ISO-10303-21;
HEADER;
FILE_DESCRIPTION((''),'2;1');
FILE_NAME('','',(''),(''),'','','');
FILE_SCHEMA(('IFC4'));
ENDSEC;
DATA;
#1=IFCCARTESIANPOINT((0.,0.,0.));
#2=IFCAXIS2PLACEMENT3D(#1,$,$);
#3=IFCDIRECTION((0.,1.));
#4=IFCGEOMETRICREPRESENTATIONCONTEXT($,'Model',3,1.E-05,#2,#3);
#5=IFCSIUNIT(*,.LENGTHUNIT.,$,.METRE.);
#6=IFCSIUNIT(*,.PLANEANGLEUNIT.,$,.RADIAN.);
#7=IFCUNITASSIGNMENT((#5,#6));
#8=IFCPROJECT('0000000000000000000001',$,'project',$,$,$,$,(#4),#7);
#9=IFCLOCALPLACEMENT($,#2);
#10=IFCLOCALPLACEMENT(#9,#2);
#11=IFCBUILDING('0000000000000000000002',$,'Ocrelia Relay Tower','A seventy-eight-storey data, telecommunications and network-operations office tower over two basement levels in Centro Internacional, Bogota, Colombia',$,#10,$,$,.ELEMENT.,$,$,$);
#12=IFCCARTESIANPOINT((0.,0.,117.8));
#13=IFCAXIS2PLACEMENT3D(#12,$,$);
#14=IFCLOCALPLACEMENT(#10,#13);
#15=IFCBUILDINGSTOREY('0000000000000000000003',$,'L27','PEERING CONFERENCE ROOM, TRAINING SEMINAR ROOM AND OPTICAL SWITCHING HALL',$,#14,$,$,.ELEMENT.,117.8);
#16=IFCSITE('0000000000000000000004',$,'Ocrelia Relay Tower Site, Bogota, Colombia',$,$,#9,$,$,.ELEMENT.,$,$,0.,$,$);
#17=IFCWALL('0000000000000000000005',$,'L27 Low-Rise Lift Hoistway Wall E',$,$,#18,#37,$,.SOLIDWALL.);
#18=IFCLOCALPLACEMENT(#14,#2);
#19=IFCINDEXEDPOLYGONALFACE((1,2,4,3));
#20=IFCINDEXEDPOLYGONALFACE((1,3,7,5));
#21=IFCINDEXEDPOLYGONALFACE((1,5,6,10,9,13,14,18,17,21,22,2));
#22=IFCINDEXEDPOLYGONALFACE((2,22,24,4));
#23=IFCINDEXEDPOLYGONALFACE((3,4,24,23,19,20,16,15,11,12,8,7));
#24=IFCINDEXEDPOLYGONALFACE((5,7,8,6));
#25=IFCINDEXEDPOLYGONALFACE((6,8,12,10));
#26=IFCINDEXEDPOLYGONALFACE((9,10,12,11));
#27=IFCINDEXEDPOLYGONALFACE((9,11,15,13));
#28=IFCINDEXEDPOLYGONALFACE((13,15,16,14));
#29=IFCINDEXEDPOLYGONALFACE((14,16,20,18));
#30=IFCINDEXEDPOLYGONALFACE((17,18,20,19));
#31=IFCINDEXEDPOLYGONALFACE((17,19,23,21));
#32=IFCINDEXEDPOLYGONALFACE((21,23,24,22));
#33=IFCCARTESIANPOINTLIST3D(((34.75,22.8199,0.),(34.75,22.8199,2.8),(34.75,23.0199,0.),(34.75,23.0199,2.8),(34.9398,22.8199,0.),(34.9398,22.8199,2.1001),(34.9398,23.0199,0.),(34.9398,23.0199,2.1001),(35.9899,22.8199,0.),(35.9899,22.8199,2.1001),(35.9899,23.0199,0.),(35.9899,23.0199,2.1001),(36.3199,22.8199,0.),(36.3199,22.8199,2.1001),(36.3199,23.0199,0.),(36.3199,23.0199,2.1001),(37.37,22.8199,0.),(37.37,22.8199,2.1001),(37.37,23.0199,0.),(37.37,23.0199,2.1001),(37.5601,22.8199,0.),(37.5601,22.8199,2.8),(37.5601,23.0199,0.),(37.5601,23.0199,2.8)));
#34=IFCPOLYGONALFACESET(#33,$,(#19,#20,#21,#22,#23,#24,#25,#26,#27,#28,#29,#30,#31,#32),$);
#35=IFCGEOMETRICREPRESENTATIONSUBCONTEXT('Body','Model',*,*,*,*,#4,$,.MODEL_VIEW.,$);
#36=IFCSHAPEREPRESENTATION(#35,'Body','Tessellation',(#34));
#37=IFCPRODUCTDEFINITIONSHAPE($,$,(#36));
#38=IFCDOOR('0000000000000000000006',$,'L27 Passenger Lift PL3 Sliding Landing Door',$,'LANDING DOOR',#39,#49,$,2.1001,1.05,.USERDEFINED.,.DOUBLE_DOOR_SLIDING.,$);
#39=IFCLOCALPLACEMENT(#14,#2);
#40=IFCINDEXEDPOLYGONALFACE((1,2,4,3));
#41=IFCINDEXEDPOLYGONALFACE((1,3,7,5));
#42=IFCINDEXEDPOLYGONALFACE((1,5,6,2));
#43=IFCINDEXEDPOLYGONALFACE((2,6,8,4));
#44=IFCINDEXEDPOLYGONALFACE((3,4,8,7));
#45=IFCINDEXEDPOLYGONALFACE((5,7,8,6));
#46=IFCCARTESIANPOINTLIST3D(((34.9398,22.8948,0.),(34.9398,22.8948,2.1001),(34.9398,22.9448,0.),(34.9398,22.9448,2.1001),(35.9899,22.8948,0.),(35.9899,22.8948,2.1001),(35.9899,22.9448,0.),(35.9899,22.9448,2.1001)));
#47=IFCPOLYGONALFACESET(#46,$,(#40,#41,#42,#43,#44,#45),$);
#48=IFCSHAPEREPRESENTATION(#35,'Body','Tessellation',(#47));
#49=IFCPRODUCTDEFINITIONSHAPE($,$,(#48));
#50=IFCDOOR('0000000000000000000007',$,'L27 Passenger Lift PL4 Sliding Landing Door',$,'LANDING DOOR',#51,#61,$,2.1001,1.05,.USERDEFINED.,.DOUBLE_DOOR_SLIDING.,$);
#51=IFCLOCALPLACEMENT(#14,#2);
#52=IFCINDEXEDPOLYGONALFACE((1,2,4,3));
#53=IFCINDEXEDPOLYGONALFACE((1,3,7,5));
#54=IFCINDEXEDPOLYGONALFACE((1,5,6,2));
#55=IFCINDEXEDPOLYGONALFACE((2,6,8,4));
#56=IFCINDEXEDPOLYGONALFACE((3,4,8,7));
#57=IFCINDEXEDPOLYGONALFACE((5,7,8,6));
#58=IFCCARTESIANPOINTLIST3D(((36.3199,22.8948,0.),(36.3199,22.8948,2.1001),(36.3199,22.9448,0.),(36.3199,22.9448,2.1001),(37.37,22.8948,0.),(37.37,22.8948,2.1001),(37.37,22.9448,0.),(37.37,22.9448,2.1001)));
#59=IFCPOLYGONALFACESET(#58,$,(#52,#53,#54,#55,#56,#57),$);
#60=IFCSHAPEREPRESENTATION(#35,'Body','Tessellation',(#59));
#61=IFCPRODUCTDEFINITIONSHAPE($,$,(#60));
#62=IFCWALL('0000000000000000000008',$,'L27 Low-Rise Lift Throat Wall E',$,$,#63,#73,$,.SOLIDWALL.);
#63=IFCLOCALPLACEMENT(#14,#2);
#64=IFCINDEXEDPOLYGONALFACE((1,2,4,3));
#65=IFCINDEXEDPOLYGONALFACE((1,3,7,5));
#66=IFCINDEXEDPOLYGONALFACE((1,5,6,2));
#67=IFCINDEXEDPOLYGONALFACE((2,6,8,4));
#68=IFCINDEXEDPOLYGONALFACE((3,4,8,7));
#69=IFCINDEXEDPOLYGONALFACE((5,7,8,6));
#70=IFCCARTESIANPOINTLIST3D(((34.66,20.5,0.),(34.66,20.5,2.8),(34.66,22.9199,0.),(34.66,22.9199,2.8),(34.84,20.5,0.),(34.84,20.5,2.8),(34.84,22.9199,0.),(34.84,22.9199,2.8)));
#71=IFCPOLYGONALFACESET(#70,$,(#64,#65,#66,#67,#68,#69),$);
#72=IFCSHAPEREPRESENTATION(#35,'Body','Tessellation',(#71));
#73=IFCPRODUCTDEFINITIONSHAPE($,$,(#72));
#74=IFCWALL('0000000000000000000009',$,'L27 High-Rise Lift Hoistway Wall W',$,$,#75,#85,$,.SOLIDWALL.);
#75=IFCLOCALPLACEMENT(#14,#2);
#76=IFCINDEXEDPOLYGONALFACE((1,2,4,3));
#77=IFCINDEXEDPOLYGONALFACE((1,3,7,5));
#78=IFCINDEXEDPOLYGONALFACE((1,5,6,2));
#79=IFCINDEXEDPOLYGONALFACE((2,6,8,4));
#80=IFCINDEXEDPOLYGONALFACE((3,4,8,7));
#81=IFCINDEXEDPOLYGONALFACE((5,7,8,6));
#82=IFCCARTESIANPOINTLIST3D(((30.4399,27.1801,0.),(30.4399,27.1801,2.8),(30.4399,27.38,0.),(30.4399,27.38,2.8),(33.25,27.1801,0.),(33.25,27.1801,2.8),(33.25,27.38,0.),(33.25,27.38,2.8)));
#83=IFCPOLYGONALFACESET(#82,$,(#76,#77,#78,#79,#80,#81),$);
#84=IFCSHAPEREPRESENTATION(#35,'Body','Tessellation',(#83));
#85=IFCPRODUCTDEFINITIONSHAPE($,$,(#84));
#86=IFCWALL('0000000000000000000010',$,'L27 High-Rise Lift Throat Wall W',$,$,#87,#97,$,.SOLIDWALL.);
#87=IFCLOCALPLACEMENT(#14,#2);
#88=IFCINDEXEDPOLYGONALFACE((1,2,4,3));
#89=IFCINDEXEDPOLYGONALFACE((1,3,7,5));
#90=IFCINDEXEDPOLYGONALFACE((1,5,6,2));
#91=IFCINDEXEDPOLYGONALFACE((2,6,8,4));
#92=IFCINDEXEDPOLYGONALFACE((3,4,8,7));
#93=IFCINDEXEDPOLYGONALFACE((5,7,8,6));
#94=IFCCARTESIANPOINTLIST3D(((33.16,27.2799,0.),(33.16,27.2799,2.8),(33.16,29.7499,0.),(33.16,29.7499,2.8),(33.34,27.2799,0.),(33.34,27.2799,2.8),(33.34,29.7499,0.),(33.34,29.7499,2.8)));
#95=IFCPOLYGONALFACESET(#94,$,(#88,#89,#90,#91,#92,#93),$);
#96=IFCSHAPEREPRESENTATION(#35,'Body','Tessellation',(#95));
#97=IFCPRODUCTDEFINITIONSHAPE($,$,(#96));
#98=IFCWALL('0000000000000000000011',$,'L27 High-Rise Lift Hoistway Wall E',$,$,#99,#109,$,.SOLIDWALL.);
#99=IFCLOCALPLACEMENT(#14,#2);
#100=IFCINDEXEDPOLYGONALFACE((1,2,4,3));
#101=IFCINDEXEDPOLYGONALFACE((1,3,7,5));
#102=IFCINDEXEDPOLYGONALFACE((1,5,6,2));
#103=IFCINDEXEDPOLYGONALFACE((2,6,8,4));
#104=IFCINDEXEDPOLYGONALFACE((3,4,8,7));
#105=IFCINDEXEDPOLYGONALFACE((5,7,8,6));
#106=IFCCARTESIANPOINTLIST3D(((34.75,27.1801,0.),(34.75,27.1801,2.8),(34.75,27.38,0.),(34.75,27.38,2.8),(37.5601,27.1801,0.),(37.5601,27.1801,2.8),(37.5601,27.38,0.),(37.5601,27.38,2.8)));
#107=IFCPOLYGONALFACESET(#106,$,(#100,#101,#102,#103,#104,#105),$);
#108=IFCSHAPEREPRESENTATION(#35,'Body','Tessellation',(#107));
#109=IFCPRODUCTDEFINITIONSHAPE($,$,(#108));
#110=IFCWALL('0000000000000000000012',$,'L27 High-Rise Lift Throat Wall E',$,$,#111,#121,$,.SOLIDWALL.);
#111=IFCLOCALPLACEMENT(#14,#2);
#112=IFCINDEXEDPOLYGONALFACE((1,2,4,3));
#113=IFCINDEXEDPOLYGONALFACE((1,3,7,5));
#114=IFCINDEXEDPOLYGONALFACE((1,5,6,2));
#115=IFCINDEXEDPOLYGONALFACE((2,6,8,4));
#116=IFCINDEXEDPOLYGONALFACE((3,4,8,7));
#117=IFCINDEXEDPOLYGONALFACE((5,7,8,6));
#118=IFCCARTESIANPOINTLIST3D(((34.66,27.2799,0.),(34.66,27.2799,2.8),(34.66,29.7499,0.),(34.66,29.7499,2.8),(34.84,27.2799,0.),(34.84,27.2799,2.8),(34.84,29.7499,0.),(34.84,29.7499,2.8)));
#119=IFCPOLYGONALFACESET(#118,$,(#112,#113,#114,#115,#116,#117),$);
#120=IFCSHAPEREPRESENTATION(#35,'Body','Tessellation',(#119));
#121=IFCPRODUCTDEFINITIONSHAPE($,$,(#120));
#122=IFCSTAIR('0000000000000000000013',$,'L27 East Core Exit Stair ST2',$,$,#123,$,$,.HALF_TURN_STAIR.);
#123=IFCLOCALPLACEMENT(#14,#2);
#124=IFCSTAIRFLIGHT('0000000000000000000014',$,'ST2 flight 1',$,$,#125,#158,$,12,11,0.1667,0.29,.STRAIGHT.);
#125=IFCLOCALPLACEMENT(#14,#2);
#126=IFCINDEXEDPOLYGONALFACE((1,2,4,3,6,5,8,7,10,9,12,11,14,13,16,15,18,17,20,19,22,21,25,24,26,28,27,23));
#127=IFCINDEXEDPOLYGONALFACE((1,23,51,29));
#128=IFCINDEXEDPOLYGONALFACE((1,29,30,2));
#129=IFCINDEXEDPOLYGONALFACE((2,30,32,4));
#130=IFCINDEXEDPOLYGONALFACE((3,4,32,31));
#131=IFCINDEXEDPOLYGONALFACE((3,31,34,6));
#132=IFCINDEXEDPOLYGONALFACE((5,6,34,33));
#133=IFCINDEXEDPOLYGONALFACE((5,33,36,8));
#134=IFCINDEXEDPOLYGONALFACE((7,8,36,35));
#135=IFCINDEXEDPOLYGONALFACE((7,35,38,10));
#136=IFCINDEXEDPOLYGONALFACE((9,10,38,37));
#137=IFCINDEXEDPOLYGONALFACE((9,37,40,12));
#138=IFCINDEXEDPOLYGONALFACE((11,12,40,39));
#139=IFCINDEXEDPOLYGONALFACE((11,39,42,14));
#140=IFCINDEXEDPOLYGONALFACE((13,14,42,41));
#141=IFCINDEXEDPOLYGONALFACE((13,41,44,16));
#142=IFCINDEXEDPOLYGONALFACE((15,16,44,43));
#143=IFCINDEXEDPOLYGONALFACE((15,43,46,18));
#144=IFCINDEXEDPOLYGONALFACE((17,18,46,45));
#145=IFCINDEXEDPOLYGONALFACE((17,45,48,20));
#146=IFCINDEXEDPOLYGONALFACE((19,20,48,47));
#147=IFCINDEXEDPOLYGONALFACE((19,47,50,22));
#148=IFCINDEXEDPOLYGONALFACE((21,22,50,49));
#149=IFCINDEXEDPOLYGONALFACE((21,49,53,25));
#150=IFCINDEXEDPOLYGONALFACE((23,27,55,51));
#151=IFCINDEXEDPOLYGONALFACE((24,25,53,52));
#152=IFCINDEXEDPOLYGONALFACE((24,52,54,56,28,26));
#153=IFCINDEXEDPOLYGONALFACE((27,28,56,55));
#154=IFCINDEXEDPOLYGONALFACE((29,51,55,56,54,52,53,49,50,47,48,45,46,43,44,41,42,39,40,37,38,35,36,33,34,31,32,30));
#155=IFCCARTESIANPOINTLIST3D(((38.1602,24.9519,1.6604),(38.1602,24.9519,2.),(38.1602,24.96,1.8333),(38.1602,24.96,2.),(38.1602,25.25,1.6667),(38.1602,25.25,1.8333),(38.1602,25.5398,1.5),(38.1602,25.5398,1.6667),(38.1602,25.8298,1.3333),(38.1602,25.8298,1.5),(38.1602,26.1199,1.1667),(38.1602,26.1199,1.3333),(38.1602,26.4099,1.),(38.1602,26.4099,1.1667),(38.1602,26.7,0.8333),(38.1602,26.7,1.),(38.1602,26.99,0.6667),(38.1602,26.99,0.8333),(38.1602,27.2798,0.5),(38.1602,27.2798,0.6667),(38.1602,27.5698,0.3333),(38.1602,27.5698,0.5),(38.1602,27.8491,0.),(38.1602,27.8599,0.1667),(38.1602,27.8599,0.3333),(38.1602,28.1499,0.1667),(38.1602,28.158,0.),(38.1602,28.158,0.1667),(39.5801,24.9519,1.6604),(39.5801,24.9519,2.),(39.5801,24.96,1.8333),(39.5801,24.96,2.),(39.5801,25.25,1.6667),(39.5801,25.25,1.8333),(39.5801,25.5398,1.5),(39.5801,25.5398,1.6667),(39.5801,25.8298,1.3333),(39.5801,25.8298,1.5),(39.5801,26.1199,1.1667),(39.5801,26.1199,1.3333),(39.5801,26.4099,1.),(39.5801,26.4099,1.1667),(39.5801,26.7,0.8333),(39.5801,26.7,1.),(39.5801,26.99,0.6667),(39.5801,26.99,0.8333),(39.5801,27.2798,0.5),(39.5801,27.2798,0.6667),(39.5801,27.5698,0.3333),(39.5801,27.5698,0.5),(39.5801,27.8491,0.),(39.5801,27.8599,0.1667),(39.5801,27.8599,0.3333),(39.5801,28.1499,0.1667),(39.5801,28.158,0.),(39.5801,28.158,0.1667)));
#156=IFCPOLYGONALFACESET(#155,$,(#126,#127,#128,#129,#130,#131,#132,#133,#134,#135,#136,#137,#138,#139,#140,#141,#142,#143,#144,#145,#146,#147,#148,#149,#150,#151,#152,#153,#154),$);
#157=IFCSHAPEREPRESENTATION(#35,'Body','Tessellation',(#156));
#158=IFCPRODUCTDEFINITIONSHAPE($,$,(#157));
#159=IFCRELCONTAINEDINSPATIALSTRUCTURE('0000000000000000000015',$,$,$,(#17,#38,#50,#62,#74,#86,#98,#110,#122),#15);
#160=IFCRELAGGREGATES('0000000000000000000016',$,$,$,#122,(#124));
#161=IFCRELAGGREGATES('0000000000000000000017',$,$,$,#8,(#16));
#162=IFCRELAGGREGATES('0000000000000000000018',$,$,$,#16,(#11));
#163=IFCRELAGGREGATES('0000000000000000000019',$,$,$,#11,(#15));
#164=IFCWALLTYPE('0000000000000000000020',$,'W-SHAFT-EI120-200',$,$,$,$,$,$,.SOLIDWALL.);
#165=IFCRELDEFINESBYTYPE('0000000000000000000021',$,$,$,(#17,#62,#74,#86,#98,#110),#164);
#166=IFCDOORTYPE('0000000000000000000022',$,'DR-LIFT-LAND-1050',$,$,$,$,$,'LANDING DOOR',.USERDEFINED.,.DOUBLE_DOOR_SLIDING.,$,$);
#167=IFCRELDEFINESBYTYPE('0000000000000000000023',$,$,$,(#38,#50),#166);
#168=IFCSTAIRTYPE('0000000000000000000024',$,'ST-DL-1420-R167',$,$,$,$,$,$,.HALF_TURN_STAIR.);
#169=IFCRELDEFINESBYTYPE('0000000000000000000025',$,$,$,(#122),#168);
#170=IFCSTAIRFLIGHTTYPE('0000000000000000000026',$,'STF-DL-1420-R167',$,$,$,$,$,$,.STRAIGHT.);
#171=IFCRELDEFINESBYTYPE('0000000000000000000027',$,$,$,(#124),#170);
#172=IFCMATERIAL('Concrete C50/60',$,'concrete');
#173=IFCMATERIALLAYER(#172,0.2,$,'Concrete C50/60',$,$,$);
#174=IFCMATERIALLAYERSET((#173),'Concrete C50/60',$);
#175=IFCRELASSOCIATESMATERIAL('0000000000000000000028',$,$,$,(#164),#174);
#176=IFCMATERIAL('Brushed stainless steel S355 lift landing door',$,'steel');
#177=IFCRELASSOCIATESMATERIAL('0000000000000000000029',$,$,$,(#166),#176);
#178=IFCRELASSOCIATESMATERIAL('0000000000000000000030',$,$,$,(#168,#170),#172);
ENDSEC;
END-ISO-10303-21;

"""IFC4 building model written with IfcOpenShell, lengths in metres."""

from ifc_helpers import new_model, si_unit, direction, frame, frame_2d, origin, place, context, subcontext, project, spatial, polyline, rectangle, outline, extrude, material, layer, layer_set, type_object, element, fill, aggregate, save


model = new_model("IFC4")

# Units and contexts
model_context = context("Model", 3, precision=1e-05, world=origin(), true_north=direction((0.0, 1.0)))
body_context = subcontext(model_context, "Body", "Model", "MODEL_VIEW")
ifc_project = project(units=[si_unit("LENGTHUNIT", "METRE"), si_unit("PLANEANGLEUNIT", "RADIAN")], contexts=[model_context])

# Site, building, storey
site_placement = place(None, origin())
site = spatial("IfcSite", under=ifc_project, at=site_placement, Name="Ocrelia Relay Tower Site, Bogota, Colombia", CompositionType="ELEMENT", RefElevation=0.0)
building_placement = place(site_placement, origin())
building = spatial("IfcBuilding", under=site, at=building_placement, Name="Ocrelia Relay Tower", Description="A seventy-eight-storey data, telecommunications and network-operations office tower over two basement levels in Centro Internacional, Bogota, Colombia", CompositionType="ELEMENT")
storey_placement = place(building_placement, frame((0.0, 0.0, 117.8)))
storey = spatial("IfcBuildingStorey", under=building, at=storey_placement, Name="L27", Description="PEERING CONFERENCE ROOM, TRAINING SEMINAR ROOM AND OPTICAL SWITCHING HALL", CompositionType="ELEMENT", Elevation=117.8)

# Shared definitions
ifc_material_1 = material(Name="Concrete C50/60", Category="concrete")
ifc_layer_1 = layer(ifc_material_1, 0.2, Name="Concrete C50/60")
ifc_layer_set_1 = layer_set([ifc_layer_1], Name="Concrete C50/60")
wall_type_1 = type_object("IfcWallType", Name="W-SHAFT-EI120-200", PredefinedType="SOLIDWALL", material=ifc_layer_set_1)
ifc_material_2 = material(Name="Brushed stainless steel S355 lift landing door", Category="steel")
door_type = type_object("IfcDoorType", Name="DR-LIFT-LAND-1050", ElementType="LANDING DOOR", OperationType="DOUBLE_DOOR_SLIDING", PredefinedType="USERDEFINED", material=ifc_material_2)

# Wall, openings, doors
wall_1_placement = place(storey_placement, frame((34.75, 22.9199, 0.0), z_axis=(0.0, 0.0, 1.0), x_axis=(1.0, 0.0, 0.0)))
wall_1 = element("IfcWall", 1, at=wall_1_placement, inside=storey, type_object=wall_type_1, Name="L27 Low-Rise Lift Hoistway Wall E", PredefinedType="SOLIDWALL", context=body_context, shape_type="SweptSolid", body=[
    extrude(rectangle(XDim=2.8101, YDim=0.2, at=frame_2d((1.405, 0.0))), origin(), (0.0, 0.0, 1.0), 2.8),
])
opening_1_placement = place(wall_1_placement, frame((0.1899, 0.0, 0.0)))
opening_1 = element("IfcOpeningElement", 2, at=opening_1_placement, cuts=wall_1, PredefinedType="OPENING", context=body_context, shape_type="SweptSolid", body=[
    extrude(rectangle(XDim=1.05, YDim=2.1001, at=frame_2d((0.5249, 1.05))), frame((0.0, 0.1099, 0.0), z_axis=(0.0, -1.0, 0.0), x_axis=(1.0, 0.0, 0.0)), (0.0, 0.0, 1.0), 0.22),
])
opening_2_placement = place(wall_1_placement, frame((1.5701, 0.0, 0.0)))
opening_2 = element("IfcOpeningElement", 3, at=opening_2_placement, cuts=wall_1, PredefinedType="OPENING", context=body_context, shape_type="SweptSolid", body=[
    extrude(rectangle(XDim=1.05, YDim=2.1001, at=frame_2d((0.5249, 1.05))), frame((0.0, 0.1099, 0.0), z_axis=(0.0, -1.0, 0.0), x_axis=(1.0, 0.0, 0.0)), (0.0, 0.0, 1.0), 0.22),
])
door_1_placement = place(opening_1_placement, origin())
door_1 = element("IfcDoor", 4, at=door_1_placement, inside=storey, type_object=door_type, Name="L27 Passenger Lift PL3 Sliding Landing Door", ObjectType="LANDING DOOR", OperationType="DOUBLE_DOOR_SLIDING", OverallHeight=2.1001, OverallWidth=1.05, PredefinedType="USERDEFINED", context=body_context, shape_type="SweptSolid", body=[
    extrude(rectangle(XDim=1.05, YDim=2.1001, at=frame_2d((0.5249, 1.05))), frame((0.0, 0.0249, 0.0), z_axis=(0.0, -1.0, 0.0), x_axis=(1.0, 0.0, 0.0)), (0.0, 0.0, 1.0), 0.05),
])
fill(opening_1, door_1)
door_2_placement = place(opening_2_placement, origin())
door_2 = element("IfcDoor", 5, at=door_2_placement, inside=storey, type_object=door_type, Name="L27 Passenger Lift PL4 Sliding Landing Door", ObjectType="LANDING DOOR", OperationType="DOUBLE_DOOR_SLIDING", OverallHeight=2.1001, OverallWidth=1.05, PredefinedType="USERDEFINED", context=body_context, shape_type="SweptSolid", body=[
    extrude(rectangle(XDim=1.05, YDim=2.1001, at=frame_2d((0.5249, 1.05))), frame((0.0, 0.0249, 0.0), z_axis=(0.0, -1.0, 0.0), x_axis=(1.0, 0.0, 0.0)), (0.0, 0.0, 1.0), 0.05),
])
fill(opening_2, door_2)

# Walls
wall_2_placement = place(storey_placement, frame((34.75, 20.5, 0.0), z_axis=(0.0, 0.0, 1.0), x_axis=(0.0, 1.0, 0.0)))
element("IfcWall", 6, at=wall_2_placement, inside=storey, type_object=wall_type_1, Name="L27 Low-Rise Lift Throat Wall E", PredefinedType="SOLIDWALL", context=body_context, shape_type="SweptSolid", body=[
    extrude(rectangle(XDim=2.4199, YDim=0.1799, at=frame_2d((1.21, 0.0))), origin(), (0.0, 0.0, 1.0), 2.8),
])
wall_3_placement = place(storey_placement, frame((30.4399, 27.28, 0.0), z_axis=(0.0, 0.0, 1.0), x_axis=(1.0, 0.0, 0.0)))
element("IfcWall", 7, at=wall_3_placement, inside=storey, type_object=wall_type_1, Name="L27 High-Rise Lift Hoistway Wall W", PredefinedType="SOLIDWALL", context=body_context, shape_type="SweptSolid", body=[
    extrude(rectangle(XDim=2.8101, YDim=0.2, at=frame_2d((1.405, 0.0))), origin(), (0.0, 0.0, 1.0), 2.8),
])
wall_4_placement = place(storey_placement, frame((33.25, 27.28, 0.0), z_axis=(0.0, 0.0, 1.0), x_axis=(0.0, 1.0, 0.0)))
element("IfcWall", 8, at=wall_4_placement, inside=storey, type_object=wall_type_1, Name="L27 High-Rise Lift Throat Wall W", PredefinedType="SOLIDWALL", context=body_context, shape_type="SweptSolid", body=[
    extrude(rectangle(XDim=2.47, YDim=0.1799, at=frame_2d((1.2349, 0.0))), origin(), (0.0, 0.0, 1.0), 2.8),
])
wall_5_placement = place(storey_placement, frame((34.75, 27.28, 0.0), z_axis=(0.0, 0.0, 1.0), x_axis=(1.0, 0.0, 0.0)))
element("IfcWall", 9, at=wall_5_placement, inside=storey, type_object=wall_type_1, Name="L27 High-Rise Lift Hoistway Wall E", PredefinedType="SOLIDWALL", context=body_context, shape_type="SweptSolid", body=[
    extrude(rectangle(XDim=2.8101, YDim=0.2, at=frame_2d((1.405, 0.0))), origin(), (0.0, 0.0, 1.0), 2.8),
])
wall_6_placement = place(storey_placement, frame((34.75, 27.28, 0.0), z_axis=(0.0, 0.0, 1.0), x_axis=(0.0, 1.0, 0.0)))
element("IfcWall", 10, at=wall_6_placement, inside=storey, type_object=wall_type_1, Name="L27 High-Rise Lift Throat Wall E", PredefinedType="SOLIDWALL", context=body_context, shape_type="SweptSolid", body=[
    extrude(rectangle(XDim=2.47, YDim=0.1799, at=frame_2d((1.2349, 0.0))), origin(), (0.0, 0.0, 1.0), 2.8),
])

# Stair, stair flight
stair_type = type_object("IfcStairType", Name="ST-DL-1420-R167", PredefinedType="HALF_TURN_STAIR", material=ifc_material_1)
stair_placement = place(storey_placement, origin())
stair = element("IfcStair", 11, at=stair_placement, inside=storey, type_object=stair_type, Name="L27 East Core Exit Stair ST2", PredefinedType="HALF_TURN_STAIR")
stair_flight_type = type_object("IfcStairFlightType", Name="STF-DL-1420-R167", PredefinedType="STRAIGHT", material=ifc_material_1)
stair_flight_1_placement = place(storey_placement, frame((38.8701, 28.1499, 0.0), z_axis=(0.0, 0.0, 1.0), x_axis=(0.0, -1.0, 0.0)))
stair_flight_1 = element("IfcStairFlight", 12, at=stair_flight_1_placement, type_object=stair_flight_type, Name="ST2 flight 1", NumberOfRisers=12, NumberOfTreads=11, PredefinedType="STRAIGHT", RiserHeight=0.1667, TreadLength=0.29, context=body_context, shape_type="SweptSolid", body=[
    extrude(outline(polyline([(-0.0081, 0.0), (-0.0081, 0.1667), (0.0, 0.1667), (0.29, 0.1667), (0.29, 0.3333), (0.5801, 0.3333), (0.5801, 0.5), (0.8701, 0.5), (0.8701, 0.6667), (1.1599, 0.6667), (1.1599, 0.8333), (1.45, 0.8333), (1.45, 1.0), (1.74, 1.0), (1.74, 1.1667), (2.03, 1.1667), (2.03, 1.3333), (2.3201, 1.3333), (2.3201, 1.5), (2.6101, 1.5), (2.6101, 1.6667), (2.8999, 1.6667), (2.8999, 1.8333), (3.1899, 1.8333), (3.1899, 2.0), (3.198, 2.0), (3.198, 1.6604), (0.3008, 0.0), (-0.0081, 0.0)])), frame((0.0, 0.71, 0.0), z_axis=(0.0, -1.0, 0.0), x_axis=(1.0, 0.0, 0.0)), (0.0, 0.0, 1.0), 1.4199),
])
aggregate(stair, [stair_flight_1])

save(model, "model.ifc")
